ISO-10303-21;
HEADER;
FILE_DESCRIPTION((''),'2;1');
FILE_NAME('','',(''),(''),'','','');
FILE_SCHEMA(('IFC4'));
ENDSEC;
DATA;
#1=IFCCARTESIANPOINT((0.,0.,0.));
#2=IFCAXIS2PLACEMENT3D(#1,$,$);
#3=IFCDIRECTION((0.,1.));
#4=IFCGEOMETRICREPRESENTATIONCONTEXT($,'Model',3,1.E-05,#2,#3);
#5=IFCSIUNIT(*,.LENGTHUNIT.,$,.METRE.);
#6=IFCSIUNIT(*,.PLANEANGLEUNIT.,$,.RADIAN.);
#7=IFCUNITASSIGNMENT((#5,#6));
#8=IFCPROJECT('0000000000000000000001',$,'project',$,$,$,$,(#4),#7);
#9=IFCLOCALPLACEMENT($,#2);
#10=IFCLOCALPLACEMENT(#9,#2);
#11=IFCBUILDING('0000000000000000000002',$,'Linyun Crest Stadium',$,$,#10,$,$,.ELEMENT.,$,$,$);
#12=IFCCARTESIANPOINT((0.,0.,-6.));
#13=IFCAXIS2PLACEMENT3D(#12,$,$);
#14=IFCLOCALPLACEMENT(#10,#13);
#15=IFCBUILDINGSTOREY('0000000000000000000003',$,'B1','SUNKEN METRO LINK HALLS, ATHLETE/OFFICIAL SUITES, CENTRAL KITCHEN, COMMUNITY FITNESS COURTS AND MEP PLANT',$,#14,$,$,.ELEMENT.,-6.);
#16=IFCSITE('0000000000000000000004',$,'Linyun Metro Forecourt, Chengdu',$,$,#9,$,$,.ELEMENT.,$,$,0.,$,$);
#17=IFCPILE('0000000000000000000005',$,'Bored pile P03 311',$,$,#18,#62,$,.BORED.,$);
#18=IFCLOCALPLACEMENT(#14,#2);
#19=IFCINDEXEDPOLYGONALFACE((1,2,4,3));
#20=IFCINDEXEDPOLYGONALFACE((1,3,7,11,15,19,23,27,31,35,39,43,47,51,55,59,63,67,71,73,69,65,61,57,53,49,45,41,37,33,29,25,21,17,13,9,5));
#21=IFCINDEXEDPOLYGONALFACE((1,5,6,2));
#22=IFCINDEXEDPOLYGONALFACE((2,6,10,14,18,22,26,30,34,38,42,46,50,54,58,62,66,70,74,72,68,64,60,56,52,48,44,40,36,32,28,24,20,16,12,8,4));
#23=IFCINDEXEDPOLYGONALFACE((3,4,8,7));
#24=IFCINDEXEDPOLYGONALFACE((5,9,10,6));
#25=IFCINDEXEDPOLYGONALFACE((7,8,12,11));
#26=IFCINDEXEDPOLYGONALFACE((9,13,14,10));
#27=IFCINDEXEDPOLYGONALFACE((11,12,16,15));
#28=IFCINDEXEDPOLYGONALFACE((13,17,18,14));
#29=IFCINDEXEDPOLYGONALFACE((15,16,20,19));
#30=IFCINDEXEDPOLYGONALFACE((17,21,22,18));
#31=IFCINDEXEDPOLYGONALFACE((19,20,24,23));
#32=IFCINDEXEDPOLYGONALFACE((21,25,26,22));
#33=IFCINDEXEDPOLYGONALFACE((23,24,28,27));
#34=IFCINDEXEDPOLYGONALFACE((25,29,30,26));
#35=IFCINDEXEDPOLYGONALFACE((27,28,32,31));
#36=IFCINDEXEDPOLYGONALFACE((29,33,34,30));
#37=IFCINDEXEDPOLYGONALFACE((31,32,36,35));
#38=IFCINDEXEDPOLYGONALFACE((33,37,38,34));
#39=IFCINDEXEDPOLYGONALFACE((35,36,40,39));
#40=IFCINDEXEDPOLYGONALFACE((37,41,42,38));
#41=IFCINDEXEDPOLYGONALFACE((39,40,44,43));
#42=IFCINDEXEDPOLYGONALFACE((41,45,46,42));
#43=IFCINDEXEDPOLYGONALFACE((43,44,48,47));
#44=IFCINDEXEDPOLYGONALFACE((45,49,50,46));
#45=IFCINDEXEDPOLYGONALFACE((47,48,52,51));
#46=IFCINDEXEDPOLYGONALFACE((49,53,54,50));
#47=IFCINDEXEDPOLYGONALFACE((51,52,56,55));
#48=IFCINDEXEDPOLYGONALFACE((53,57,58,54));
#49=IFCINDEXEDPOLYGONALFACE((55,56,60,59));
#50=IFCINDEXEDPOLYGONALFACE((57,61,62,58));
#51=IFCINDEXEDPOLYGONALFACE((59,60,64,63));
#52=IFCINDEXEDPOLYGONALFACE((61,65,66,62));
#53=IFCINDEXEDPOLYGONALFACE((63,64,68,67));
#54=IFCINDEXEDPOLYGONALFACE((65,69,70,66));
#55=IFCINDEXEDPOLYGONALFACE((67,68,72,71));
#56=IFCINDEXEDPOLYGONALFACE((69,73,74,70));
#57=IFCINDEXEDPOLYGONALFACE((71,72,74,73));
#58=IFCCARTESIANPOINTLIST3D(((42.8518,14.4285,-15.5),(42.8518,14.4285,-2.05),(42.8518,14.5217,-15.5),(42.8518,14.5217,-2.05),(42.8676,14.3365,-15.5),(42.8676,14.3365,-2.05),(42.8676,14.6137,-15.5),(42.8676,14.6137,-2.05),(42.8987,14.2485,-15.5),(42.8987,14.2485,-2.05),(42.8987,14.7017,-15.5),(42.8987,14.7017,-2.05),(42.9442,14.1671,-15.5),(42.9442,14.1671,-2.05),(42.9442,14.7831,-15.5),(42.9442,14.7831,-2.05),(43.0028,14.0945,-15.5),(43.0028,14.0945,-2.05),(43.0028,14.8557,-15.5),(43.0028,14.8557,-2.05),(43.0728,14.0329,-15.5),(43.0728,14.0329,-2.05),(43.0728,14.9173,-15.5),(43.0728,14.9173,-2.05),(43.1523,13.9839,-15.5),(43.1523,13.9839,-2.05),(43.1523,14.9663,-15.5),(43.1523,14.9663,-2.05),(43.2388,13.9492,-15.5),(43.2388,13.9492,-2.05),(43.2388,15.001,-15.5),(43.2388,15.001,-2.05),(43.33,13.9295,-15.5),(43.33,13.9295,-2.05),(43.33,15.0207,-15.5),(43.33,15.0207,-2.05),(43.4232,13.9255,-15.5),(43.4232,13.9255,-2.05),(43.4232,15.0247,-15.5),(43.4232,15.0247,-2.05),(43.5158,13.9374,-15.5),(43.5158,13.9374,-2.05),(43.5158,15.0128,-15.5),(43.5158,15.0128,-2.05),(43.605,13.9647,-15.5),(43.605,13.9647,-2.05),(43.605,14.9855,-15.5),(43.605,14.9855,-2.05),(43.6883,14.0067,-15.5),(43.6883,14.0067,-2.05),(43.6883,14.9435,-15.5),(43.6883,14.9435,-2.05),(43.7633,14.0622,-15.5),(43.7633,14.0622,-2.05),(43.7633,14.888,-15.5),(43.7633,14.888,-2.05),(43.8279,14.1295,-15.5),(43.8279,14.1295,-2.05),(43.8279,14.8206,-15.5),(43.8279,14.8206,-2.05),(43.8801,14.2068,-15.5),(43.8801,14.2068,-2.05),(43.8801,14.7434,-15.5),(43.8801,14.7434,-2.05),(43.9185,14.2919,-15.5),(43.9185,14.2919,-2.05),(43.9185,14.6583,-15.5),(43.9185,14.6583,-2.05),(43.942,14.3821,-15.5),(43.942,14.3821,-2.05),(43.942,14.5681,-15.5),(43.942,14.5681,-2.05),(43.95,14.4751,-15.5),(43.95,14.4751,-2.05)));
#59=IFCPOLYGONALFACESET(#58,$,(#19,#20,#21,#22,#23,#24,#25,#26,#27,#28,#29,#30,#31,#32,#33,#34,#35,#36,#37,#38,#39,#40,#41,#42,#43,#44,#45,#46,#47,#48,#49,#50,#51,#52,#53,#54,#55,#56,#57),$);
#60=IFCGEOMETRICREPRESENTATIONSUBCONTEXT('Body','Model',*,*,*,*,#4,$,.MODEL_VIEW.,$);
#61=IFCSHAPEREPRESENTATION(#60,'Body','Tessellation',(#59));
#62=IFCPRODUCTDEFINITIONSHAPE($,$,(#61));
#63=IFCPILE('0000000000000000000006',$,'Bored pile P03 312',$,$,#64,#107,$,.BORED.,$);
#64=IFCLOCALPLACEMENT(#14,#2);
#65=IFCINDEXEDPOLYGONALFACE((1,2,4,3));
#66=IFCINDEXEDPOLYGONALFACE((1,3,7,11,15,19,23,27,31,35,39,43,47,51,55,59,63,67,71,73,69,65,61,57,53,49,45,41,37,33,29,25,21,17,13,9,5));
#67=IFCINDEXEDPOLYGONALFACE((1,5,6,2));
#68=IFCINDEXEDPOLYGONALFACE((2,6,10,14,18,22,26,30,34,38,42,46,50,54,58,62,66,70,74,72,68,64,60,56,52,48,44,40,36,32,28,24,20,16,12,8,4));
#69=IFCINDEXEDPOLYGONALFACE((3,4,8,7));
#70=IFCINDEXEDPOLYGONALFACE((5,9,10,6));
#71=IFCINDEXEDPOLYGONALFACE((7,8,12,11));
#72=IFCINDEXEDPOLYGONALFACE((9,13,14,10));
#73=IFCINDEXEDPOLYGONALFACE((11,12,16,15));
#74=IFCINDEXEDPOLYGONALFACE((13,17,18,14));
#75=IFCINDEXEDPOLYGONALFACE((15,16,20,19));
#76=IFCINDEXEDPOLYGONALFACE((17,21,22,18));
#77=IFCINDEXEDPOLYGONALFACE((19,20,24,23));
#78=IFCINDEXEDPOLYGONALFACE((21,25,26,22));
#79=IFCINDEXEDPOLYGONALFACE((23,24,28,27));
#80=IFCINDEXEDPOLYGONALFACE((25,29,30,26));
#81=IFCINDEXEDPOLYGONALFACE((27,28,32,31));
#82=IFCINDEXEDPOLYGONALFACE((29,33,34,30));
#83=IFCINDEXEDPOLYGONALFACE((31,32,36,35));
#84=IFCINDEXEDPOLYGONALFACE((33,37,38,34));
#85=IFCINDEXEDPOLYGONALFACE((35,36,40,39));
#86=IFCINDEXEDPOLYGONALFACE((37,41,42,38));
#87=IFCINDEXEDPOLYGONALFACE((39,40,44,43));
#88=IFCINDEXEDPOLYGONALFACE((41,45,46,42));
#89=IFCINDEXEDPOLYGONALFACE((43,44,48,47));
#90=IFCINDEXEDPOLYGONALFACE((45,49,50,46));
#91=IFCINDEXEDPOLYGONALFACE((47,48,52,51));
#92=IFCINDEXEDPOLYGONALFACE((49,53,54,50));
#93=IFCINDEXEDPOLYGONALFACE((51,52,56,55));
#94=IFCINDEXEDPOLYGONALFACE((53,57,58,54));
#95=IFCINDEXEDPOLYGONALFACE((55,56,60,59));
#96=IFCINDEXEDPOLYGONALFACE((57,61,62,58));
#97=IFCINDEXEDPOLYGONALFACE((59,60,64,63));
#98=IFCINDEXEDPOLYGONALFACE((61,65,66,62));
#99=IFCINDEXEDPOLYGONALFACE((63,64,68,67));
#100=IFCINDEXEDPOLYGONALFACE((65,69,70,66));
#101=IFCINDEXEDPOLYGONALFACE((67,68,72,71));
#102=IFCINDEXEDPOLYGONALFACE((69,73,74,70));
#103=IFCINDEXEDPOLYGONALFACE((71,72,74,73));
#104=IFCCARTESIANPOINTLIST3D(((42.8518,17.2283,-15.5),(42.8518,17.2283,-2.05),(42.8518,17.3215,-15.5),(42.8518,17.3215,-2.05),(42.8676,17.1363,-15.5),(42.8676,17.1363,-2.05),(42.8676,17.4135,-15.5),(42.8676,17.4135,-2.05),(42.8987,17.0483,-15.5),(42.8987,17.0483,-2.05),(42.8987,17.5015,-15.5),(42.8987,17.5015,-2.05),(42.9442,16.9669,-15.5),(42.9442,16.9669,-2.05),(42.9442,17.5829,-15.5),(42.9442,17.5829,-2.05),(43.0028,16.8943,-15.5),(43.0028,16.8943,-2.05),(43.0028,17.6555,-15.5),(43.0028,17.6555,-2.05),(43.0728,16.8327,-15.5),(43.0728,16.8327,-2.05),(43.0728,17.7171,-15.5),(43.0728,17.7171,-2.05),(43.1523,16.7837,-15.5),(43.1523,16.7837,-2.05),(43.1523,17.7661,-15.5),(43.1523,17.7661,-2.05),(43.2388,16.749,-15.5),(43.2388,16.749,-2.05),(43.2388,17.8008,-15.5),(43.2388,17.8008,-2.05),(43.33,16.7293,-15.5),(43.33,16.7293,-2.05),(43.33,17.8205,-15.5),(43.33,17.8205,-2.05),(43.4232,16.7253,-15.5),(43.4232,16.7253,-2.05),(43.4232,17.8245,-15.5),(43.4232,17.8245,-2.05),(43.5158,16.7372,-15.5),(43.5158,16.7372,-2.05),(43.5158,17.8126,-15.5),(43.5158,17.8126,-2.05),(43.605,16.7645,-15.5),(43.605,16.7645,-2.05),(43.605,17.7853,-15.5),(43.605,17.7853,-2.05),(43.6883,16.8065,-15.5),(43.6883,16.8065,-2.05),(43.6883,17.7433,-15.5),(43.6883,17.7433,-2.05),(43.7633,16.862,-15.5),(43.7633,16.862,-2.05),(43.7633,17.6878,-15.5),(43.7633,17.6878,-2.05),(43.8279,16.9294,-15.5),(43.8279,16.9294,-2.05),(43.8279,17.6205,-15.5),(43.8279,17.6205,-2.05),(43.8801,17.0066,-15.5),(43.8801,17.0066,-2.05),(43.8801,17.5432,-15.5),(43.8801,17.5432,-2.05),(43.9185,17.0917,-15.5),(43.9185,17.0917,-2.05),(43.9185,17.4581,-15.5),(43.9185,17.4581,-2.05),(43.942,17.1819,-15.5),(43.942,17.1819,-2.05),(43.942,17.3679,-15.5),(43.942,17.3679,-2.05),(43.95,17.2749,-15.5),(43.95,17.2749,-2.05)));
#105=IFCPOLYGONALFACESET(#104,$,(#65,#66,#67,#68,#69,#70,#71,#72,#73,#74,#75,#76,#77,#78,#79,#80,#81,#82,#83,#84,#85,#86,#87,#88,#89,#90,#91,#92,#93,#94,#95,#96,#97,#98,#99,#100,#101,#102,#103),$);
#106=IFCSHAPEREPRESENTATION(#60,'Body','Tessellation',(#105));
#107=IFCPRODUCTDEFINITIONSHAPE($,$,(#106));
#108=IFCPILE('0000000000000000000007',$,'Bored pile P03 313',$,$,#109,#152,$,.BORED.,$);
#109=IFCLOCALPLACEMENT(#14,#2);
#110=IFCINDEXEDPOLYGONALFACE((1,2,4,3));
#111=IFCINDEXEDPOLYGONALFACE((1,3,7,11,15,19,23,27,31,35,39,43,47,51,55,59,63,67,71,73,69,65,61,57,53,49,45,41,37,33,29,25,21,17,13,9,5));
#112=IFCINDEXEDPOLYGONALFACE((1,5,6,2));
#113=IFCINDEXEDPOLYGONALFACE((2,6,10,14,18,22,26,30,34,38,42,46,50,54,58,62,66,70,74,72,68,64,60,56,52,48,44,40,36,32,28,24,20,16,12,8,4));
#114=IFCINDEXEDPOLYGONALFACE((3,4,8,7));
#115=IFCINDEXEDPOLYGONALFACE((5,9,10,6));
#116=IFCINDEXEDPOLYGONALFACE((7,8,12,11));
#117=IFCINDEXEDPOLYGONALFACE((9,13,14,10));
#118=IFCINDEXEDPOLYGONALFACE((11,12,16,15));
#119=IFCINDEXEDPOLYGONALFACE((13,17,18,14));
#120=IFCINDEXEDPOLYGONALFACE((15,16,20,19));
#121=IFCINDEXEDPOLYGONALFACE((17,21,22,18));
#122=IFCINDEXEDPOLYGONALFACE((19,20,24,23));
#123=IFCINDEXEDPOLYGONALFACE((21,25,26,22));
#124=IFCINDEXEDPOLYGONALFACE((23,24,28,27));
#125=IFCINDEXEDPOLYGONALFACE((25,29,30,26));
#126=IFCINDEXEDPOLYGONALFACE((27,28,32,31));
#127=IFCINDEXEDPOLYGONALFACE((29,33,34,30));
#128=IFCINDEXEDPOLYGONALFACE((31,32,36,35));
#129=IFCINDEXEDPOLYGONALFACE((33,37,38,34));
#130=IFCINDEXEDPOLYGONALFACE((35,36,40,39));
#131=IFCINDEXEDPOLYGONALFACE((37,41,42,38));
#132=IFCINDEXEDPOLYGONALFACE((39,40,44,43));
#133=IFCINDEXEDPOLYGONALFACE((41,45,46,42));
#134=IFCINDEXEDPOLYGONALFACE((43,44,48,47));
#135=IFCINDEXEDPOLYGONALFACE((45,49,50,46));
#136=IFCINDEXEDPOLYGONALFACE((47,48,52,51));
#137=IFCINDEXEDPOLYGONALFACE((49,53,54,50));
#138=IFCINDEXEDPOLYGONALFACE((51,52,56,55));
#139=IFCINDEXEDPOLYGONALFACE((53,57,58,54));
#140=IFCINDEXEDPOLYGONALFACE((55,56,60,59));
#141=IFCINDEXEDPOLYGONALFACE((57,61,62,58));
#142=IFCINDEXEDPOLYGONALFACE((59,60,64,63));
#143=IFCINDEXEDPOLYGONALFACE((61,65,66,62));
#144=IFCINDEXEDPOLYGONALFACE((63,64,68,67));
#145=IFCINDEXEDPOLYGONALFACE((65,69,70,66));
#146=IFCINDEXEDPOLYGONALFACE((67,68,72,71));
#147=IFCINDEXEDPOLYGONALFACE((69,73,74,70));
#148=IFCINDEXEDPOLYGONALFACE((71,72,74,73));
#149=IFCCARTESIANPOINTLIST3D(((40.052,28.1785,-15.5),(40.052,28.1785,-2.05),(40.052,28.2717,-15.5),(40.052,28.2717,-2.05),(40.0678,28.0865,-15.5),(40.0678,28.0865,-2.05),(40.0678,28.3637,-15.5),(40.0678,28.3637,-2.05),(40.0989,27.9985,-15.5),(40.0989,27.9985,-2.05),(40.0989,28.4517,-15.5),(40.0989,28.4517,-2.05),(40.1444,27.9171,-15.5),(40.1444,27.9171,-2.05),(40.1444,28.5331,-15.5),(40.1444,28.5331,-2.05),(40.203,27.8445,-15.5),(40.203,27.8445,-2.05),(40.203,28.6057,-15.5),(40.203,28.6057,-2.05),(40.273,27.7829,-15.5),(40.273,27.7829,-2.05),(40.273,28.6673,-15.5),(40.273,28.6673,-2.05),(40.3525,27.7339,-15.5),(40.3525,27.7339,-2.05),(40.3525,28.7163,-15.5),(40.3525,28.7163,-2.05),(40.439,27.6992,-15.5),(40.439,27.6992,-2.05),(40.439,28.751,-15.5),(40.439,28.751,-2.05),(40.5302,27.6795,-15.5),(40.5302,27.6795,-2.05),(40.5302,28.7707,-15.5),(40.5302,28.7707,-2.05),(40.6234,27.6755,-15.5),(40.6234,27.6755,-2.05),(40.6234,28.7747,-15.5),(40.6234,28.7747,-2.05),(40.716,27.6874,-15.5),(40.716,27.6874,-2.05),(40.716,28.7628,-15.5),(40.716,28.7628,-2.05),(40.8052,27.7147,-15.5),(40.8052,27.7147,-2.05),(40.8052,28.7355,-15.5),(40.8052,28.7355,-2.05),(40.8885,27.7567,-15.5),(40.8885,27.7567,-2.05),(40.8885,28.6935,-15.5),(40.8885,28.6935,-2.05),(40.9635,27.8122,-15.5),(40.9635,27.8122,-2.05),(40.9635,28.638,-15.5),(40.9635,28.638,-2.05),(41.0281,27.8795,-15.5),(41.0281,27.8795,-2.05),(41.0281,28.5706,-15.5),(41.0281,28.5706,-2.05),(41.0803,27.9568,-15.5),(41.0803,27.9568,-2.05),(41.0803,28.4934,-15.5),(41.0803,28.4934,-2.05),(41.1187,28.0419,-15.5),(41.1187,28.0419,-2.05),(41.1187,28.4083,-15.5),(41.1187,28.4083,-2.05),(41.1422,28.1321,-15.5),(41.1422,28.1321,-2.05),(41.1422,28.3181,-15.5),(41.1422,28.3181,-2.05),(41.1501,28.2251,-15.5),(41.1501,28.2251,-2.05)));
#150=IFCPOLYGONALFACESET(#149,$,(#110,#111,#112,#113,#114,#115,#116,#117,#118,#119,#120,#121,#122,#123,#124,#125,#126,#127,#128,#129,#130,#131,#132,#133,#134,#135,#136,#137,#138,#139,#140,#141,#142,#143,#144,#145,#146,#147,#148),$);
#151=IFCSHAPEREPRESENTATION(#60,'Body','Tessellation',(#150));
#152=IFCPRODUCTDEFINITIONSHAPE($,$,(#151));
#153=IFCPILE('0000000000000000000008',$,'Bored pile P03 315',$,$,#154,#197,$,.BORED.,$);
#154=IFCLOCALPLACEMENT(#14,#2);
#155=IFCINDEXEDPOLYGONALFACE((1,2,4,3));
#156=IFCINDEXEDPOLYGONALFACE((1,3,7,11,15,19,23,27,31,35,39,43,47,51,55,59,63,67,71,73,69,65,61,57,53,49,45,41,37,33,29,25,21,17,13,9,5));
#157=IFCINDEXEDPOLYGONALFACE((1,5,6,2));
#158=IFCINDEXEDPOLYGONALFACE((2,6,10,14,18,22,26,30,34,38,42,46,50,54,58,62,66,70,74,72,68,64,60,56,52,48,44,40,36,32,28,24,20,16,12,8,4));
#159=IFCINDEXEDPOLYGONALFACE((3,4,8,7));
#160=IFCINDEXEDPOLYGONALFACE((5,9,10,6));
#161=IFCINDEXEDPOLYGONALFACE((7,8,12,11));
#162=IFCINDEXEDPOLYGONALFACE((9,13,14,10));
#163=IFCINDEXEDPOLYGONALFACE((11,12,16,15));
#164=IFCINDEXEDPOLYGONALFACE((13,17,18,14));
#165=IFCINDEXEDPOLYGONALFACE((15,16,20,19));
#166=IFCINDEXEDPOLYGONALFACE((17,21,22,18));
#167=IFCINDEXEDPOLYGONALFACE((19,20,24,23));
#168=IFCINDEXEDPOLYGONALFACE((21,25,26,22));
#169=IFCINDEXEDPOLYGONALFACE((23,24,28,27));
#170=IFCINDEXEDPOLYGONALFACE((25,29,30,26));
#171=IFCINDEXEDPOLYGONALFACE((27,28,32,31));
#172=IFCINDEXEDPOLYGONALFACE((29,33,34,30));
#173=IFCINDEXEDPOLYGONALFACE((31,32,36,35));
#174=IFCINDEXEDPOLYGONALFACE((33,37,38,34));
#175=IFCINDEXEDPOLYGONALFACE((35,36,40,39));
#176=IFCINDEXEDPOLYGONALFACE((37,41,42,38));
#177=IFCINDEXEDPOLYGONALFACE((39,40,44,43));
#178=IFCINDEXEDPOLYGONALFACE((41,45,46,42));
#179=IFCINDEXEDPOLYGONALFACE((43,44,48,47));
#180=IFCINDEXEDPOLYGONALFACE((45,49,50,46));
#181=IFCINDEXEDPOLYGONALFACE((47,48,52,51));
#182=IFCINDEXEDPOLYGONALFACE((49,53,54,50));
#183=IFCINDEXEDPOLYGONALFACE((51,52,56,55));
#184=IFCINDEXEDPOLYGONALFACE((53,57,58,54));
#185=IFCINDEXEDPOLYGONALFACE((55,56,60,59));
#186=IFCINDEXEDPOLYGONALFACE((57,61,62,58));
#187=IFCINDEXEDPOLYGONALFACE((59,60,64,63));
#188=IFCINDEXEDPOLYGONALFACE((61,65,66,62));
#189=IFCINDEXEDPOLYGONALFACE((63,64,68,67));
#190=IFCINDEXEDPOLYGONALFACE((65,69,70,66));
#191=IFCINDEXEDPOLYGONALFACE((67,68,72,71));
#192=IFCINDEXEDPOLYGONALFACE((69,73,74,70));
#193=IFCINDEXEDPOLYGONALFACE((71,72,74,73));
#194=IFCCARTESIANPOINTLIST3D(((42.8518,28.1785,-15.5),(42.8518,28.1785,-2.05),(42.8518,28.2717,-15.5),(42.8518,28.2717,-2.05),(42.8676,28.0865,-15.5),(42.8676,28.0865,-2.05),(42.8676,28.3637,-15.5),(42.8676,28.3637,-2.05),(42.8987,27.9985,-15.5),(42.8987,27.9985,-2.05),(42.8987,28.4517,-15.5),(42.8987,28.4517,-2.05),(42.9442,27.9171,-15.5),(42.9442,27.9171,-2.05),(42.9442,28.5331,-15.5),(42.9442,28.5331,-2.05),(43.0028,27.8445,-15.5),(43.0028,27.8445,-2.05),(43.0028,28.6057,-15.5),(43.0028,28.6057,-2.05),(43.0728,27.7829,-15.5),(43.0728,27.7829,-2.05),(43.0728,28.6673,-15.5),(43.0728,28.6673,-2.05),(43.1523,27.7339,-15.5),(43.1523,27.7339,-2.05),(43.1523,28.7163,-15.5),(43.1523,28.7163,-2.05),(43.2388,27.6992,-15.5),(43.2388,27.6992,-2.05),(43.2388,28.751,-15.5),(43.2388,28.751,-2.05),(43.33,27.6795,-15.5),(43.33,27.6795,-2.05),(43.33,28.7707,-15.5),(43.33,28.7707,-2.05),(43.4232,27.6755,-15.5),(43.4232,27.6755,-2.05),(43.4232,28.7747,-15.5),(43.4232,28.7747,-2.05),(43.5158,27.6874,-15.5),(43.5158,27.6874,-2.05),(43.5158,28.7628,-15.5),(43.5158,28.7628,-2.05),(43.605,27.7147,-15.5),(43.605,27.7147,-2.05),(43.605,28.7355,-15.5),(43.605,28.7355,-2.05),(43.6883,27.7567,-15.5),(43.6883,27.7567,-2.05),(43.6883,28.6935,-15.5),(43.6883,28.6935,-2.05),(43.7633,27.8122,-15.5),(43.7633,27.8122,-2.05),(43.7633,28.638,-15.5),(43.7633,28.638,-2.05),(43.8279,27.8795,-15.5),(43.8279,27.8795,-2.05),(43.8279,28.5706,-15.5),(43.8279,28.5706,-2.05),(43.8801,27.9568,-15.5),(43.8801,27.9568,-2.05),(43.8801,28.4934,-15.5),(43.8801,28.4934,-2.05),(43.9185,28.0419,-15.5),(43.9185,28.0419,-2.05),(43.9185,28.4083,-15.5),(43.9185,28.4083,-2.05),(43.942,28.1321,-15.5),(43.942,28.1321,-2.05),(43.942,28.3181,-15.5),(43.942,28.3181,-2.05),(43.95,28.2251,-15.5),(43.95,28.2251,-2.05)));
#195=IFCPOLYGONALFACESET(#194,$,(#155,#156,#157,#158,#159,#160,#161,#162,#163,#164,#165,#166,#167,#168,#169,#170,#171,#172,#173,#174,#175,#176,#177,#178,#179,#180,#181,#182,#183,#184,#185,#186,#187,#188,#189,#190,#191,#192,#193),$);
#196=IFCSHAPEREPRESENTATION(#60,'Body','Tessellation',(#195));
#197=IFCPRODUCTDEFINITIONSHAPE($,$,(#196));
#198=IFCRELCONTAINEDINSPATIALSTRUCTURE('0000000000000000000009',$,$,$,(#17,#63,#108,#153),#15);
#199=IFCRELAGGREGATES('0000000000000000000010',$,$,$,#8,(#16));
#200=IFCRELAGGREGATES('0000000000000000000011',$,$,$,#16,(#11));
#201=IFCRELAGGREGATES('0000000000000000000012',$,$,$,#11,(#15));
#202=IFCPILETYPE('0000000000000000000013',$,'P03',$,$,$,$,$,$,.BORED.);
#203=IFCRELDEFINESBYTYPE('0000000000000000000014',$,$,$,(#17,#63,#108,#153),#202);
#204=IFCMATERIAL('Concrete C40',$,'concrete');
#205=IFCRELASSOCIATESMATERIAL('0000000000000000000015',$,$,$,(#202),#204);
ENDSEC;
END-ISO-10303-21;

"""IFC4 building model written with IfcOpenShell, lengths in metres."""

from ifc_helpers import new_model, si_unit, direction, frame, origin, origin_2d, place, context, subcontext, project, spatial, circle, extrude, material, material_profile, profile_set, type_object, element, save


model = new_model("IFC4")

# Units and contexts
model_context = context("Model", 3, precision=1e-05, world=origin(), true_north=direction((0.0, 1.0)))
body_context = subcontext(model_context, "Body", "Model", "MODEL_VIEW")
ifc_project = project(units=[si_unit("LENGTHUNIT", "METRE"), si_unit("PLANEANGLEUNIT", "RADIAN")], contexts=[model_context])

# Site, building, storey
site_placement = place(None, origin())
site = spatial("IfcSite", under=ifc_project, at=site_placement, Name="Linyun Metro Forecourt, Chengdu", CompositionType="ELEMENT", RefElevation=0.0)
building_placement = place(site_placement, origin())
building = spatial("IfcBuilding", under=site, at=building_placement, Name="Linyun Crest Stadium", CompositionType="ELEMENT")
storey_placement = place(building_placement, frame((0.0, 0.0, -6.0)))
storey = spatial("IfcBuildingStorey", under=building, at=storey_placement, Name="B1", Description="SUNKEN METRO LINK HALLS, ATHLETE/OFFICIAL SUITES, CENTRAL KITCHEN, COMMUNITY FITNESS COURTS AND MEP PLANT", CompositionType="ELEMENT", Elevation=-6.0)

# Piles
ifc_material_1 = material(Name="Concrete C40", Category="concrete")
ifc_material_profile_1 = material_profile(ifc_material_1, circle(Radius=0.55, at=origin_2d()), Name="BORED PILE 1100")
ifc_profile_set_1 = profile_set([ifc_material_profile_1], Name="Concrete C40")
pile_type_1 = type_object("IfcPileType", Name="P03", PredefinedType="BORED", material=ifc_profile_set_1)
for number, where, z_axis, x_axis, name in (
    (1, (43.3999, 14.4751, -2.05), (0.0, 0.0, -1.0), (1.0, 0.0, 0.0), "Bored pile P03 311"),
    (2, (43.3999, 17.2749, -2.05), (0.0, 0.0, -1.0), (1.0, 0.0, 0.0), "Bored pile P03 312"),
    (3, (40.6001, 28.2251, -2.05), (0.0, 0.0, -1.0), (1.0, 0.0, 0.0), "Bored pile P03 313"),
    (4, (43.3999, 28.2251, -2.05), (0.0, 0.0, -1.0), (1.0, 0.0, 0.0), "Bored pile P03 315"),
):
    element("IfcPile", number, at=place(storey_placement, frame(where, z_axis=z_axis, x_axis=x_axis)), inside=storey, type_object=pile_type_1, Name=name, PredefinedType="BORED", context=body_context, shape_type="SweptSolid", body=[
        extrude(circle(Radius=0.55, at=origin_2d()), origin(), (0.0, 0.0, 1.0), 13.45),
    ])

save(model, "model.ifc")
